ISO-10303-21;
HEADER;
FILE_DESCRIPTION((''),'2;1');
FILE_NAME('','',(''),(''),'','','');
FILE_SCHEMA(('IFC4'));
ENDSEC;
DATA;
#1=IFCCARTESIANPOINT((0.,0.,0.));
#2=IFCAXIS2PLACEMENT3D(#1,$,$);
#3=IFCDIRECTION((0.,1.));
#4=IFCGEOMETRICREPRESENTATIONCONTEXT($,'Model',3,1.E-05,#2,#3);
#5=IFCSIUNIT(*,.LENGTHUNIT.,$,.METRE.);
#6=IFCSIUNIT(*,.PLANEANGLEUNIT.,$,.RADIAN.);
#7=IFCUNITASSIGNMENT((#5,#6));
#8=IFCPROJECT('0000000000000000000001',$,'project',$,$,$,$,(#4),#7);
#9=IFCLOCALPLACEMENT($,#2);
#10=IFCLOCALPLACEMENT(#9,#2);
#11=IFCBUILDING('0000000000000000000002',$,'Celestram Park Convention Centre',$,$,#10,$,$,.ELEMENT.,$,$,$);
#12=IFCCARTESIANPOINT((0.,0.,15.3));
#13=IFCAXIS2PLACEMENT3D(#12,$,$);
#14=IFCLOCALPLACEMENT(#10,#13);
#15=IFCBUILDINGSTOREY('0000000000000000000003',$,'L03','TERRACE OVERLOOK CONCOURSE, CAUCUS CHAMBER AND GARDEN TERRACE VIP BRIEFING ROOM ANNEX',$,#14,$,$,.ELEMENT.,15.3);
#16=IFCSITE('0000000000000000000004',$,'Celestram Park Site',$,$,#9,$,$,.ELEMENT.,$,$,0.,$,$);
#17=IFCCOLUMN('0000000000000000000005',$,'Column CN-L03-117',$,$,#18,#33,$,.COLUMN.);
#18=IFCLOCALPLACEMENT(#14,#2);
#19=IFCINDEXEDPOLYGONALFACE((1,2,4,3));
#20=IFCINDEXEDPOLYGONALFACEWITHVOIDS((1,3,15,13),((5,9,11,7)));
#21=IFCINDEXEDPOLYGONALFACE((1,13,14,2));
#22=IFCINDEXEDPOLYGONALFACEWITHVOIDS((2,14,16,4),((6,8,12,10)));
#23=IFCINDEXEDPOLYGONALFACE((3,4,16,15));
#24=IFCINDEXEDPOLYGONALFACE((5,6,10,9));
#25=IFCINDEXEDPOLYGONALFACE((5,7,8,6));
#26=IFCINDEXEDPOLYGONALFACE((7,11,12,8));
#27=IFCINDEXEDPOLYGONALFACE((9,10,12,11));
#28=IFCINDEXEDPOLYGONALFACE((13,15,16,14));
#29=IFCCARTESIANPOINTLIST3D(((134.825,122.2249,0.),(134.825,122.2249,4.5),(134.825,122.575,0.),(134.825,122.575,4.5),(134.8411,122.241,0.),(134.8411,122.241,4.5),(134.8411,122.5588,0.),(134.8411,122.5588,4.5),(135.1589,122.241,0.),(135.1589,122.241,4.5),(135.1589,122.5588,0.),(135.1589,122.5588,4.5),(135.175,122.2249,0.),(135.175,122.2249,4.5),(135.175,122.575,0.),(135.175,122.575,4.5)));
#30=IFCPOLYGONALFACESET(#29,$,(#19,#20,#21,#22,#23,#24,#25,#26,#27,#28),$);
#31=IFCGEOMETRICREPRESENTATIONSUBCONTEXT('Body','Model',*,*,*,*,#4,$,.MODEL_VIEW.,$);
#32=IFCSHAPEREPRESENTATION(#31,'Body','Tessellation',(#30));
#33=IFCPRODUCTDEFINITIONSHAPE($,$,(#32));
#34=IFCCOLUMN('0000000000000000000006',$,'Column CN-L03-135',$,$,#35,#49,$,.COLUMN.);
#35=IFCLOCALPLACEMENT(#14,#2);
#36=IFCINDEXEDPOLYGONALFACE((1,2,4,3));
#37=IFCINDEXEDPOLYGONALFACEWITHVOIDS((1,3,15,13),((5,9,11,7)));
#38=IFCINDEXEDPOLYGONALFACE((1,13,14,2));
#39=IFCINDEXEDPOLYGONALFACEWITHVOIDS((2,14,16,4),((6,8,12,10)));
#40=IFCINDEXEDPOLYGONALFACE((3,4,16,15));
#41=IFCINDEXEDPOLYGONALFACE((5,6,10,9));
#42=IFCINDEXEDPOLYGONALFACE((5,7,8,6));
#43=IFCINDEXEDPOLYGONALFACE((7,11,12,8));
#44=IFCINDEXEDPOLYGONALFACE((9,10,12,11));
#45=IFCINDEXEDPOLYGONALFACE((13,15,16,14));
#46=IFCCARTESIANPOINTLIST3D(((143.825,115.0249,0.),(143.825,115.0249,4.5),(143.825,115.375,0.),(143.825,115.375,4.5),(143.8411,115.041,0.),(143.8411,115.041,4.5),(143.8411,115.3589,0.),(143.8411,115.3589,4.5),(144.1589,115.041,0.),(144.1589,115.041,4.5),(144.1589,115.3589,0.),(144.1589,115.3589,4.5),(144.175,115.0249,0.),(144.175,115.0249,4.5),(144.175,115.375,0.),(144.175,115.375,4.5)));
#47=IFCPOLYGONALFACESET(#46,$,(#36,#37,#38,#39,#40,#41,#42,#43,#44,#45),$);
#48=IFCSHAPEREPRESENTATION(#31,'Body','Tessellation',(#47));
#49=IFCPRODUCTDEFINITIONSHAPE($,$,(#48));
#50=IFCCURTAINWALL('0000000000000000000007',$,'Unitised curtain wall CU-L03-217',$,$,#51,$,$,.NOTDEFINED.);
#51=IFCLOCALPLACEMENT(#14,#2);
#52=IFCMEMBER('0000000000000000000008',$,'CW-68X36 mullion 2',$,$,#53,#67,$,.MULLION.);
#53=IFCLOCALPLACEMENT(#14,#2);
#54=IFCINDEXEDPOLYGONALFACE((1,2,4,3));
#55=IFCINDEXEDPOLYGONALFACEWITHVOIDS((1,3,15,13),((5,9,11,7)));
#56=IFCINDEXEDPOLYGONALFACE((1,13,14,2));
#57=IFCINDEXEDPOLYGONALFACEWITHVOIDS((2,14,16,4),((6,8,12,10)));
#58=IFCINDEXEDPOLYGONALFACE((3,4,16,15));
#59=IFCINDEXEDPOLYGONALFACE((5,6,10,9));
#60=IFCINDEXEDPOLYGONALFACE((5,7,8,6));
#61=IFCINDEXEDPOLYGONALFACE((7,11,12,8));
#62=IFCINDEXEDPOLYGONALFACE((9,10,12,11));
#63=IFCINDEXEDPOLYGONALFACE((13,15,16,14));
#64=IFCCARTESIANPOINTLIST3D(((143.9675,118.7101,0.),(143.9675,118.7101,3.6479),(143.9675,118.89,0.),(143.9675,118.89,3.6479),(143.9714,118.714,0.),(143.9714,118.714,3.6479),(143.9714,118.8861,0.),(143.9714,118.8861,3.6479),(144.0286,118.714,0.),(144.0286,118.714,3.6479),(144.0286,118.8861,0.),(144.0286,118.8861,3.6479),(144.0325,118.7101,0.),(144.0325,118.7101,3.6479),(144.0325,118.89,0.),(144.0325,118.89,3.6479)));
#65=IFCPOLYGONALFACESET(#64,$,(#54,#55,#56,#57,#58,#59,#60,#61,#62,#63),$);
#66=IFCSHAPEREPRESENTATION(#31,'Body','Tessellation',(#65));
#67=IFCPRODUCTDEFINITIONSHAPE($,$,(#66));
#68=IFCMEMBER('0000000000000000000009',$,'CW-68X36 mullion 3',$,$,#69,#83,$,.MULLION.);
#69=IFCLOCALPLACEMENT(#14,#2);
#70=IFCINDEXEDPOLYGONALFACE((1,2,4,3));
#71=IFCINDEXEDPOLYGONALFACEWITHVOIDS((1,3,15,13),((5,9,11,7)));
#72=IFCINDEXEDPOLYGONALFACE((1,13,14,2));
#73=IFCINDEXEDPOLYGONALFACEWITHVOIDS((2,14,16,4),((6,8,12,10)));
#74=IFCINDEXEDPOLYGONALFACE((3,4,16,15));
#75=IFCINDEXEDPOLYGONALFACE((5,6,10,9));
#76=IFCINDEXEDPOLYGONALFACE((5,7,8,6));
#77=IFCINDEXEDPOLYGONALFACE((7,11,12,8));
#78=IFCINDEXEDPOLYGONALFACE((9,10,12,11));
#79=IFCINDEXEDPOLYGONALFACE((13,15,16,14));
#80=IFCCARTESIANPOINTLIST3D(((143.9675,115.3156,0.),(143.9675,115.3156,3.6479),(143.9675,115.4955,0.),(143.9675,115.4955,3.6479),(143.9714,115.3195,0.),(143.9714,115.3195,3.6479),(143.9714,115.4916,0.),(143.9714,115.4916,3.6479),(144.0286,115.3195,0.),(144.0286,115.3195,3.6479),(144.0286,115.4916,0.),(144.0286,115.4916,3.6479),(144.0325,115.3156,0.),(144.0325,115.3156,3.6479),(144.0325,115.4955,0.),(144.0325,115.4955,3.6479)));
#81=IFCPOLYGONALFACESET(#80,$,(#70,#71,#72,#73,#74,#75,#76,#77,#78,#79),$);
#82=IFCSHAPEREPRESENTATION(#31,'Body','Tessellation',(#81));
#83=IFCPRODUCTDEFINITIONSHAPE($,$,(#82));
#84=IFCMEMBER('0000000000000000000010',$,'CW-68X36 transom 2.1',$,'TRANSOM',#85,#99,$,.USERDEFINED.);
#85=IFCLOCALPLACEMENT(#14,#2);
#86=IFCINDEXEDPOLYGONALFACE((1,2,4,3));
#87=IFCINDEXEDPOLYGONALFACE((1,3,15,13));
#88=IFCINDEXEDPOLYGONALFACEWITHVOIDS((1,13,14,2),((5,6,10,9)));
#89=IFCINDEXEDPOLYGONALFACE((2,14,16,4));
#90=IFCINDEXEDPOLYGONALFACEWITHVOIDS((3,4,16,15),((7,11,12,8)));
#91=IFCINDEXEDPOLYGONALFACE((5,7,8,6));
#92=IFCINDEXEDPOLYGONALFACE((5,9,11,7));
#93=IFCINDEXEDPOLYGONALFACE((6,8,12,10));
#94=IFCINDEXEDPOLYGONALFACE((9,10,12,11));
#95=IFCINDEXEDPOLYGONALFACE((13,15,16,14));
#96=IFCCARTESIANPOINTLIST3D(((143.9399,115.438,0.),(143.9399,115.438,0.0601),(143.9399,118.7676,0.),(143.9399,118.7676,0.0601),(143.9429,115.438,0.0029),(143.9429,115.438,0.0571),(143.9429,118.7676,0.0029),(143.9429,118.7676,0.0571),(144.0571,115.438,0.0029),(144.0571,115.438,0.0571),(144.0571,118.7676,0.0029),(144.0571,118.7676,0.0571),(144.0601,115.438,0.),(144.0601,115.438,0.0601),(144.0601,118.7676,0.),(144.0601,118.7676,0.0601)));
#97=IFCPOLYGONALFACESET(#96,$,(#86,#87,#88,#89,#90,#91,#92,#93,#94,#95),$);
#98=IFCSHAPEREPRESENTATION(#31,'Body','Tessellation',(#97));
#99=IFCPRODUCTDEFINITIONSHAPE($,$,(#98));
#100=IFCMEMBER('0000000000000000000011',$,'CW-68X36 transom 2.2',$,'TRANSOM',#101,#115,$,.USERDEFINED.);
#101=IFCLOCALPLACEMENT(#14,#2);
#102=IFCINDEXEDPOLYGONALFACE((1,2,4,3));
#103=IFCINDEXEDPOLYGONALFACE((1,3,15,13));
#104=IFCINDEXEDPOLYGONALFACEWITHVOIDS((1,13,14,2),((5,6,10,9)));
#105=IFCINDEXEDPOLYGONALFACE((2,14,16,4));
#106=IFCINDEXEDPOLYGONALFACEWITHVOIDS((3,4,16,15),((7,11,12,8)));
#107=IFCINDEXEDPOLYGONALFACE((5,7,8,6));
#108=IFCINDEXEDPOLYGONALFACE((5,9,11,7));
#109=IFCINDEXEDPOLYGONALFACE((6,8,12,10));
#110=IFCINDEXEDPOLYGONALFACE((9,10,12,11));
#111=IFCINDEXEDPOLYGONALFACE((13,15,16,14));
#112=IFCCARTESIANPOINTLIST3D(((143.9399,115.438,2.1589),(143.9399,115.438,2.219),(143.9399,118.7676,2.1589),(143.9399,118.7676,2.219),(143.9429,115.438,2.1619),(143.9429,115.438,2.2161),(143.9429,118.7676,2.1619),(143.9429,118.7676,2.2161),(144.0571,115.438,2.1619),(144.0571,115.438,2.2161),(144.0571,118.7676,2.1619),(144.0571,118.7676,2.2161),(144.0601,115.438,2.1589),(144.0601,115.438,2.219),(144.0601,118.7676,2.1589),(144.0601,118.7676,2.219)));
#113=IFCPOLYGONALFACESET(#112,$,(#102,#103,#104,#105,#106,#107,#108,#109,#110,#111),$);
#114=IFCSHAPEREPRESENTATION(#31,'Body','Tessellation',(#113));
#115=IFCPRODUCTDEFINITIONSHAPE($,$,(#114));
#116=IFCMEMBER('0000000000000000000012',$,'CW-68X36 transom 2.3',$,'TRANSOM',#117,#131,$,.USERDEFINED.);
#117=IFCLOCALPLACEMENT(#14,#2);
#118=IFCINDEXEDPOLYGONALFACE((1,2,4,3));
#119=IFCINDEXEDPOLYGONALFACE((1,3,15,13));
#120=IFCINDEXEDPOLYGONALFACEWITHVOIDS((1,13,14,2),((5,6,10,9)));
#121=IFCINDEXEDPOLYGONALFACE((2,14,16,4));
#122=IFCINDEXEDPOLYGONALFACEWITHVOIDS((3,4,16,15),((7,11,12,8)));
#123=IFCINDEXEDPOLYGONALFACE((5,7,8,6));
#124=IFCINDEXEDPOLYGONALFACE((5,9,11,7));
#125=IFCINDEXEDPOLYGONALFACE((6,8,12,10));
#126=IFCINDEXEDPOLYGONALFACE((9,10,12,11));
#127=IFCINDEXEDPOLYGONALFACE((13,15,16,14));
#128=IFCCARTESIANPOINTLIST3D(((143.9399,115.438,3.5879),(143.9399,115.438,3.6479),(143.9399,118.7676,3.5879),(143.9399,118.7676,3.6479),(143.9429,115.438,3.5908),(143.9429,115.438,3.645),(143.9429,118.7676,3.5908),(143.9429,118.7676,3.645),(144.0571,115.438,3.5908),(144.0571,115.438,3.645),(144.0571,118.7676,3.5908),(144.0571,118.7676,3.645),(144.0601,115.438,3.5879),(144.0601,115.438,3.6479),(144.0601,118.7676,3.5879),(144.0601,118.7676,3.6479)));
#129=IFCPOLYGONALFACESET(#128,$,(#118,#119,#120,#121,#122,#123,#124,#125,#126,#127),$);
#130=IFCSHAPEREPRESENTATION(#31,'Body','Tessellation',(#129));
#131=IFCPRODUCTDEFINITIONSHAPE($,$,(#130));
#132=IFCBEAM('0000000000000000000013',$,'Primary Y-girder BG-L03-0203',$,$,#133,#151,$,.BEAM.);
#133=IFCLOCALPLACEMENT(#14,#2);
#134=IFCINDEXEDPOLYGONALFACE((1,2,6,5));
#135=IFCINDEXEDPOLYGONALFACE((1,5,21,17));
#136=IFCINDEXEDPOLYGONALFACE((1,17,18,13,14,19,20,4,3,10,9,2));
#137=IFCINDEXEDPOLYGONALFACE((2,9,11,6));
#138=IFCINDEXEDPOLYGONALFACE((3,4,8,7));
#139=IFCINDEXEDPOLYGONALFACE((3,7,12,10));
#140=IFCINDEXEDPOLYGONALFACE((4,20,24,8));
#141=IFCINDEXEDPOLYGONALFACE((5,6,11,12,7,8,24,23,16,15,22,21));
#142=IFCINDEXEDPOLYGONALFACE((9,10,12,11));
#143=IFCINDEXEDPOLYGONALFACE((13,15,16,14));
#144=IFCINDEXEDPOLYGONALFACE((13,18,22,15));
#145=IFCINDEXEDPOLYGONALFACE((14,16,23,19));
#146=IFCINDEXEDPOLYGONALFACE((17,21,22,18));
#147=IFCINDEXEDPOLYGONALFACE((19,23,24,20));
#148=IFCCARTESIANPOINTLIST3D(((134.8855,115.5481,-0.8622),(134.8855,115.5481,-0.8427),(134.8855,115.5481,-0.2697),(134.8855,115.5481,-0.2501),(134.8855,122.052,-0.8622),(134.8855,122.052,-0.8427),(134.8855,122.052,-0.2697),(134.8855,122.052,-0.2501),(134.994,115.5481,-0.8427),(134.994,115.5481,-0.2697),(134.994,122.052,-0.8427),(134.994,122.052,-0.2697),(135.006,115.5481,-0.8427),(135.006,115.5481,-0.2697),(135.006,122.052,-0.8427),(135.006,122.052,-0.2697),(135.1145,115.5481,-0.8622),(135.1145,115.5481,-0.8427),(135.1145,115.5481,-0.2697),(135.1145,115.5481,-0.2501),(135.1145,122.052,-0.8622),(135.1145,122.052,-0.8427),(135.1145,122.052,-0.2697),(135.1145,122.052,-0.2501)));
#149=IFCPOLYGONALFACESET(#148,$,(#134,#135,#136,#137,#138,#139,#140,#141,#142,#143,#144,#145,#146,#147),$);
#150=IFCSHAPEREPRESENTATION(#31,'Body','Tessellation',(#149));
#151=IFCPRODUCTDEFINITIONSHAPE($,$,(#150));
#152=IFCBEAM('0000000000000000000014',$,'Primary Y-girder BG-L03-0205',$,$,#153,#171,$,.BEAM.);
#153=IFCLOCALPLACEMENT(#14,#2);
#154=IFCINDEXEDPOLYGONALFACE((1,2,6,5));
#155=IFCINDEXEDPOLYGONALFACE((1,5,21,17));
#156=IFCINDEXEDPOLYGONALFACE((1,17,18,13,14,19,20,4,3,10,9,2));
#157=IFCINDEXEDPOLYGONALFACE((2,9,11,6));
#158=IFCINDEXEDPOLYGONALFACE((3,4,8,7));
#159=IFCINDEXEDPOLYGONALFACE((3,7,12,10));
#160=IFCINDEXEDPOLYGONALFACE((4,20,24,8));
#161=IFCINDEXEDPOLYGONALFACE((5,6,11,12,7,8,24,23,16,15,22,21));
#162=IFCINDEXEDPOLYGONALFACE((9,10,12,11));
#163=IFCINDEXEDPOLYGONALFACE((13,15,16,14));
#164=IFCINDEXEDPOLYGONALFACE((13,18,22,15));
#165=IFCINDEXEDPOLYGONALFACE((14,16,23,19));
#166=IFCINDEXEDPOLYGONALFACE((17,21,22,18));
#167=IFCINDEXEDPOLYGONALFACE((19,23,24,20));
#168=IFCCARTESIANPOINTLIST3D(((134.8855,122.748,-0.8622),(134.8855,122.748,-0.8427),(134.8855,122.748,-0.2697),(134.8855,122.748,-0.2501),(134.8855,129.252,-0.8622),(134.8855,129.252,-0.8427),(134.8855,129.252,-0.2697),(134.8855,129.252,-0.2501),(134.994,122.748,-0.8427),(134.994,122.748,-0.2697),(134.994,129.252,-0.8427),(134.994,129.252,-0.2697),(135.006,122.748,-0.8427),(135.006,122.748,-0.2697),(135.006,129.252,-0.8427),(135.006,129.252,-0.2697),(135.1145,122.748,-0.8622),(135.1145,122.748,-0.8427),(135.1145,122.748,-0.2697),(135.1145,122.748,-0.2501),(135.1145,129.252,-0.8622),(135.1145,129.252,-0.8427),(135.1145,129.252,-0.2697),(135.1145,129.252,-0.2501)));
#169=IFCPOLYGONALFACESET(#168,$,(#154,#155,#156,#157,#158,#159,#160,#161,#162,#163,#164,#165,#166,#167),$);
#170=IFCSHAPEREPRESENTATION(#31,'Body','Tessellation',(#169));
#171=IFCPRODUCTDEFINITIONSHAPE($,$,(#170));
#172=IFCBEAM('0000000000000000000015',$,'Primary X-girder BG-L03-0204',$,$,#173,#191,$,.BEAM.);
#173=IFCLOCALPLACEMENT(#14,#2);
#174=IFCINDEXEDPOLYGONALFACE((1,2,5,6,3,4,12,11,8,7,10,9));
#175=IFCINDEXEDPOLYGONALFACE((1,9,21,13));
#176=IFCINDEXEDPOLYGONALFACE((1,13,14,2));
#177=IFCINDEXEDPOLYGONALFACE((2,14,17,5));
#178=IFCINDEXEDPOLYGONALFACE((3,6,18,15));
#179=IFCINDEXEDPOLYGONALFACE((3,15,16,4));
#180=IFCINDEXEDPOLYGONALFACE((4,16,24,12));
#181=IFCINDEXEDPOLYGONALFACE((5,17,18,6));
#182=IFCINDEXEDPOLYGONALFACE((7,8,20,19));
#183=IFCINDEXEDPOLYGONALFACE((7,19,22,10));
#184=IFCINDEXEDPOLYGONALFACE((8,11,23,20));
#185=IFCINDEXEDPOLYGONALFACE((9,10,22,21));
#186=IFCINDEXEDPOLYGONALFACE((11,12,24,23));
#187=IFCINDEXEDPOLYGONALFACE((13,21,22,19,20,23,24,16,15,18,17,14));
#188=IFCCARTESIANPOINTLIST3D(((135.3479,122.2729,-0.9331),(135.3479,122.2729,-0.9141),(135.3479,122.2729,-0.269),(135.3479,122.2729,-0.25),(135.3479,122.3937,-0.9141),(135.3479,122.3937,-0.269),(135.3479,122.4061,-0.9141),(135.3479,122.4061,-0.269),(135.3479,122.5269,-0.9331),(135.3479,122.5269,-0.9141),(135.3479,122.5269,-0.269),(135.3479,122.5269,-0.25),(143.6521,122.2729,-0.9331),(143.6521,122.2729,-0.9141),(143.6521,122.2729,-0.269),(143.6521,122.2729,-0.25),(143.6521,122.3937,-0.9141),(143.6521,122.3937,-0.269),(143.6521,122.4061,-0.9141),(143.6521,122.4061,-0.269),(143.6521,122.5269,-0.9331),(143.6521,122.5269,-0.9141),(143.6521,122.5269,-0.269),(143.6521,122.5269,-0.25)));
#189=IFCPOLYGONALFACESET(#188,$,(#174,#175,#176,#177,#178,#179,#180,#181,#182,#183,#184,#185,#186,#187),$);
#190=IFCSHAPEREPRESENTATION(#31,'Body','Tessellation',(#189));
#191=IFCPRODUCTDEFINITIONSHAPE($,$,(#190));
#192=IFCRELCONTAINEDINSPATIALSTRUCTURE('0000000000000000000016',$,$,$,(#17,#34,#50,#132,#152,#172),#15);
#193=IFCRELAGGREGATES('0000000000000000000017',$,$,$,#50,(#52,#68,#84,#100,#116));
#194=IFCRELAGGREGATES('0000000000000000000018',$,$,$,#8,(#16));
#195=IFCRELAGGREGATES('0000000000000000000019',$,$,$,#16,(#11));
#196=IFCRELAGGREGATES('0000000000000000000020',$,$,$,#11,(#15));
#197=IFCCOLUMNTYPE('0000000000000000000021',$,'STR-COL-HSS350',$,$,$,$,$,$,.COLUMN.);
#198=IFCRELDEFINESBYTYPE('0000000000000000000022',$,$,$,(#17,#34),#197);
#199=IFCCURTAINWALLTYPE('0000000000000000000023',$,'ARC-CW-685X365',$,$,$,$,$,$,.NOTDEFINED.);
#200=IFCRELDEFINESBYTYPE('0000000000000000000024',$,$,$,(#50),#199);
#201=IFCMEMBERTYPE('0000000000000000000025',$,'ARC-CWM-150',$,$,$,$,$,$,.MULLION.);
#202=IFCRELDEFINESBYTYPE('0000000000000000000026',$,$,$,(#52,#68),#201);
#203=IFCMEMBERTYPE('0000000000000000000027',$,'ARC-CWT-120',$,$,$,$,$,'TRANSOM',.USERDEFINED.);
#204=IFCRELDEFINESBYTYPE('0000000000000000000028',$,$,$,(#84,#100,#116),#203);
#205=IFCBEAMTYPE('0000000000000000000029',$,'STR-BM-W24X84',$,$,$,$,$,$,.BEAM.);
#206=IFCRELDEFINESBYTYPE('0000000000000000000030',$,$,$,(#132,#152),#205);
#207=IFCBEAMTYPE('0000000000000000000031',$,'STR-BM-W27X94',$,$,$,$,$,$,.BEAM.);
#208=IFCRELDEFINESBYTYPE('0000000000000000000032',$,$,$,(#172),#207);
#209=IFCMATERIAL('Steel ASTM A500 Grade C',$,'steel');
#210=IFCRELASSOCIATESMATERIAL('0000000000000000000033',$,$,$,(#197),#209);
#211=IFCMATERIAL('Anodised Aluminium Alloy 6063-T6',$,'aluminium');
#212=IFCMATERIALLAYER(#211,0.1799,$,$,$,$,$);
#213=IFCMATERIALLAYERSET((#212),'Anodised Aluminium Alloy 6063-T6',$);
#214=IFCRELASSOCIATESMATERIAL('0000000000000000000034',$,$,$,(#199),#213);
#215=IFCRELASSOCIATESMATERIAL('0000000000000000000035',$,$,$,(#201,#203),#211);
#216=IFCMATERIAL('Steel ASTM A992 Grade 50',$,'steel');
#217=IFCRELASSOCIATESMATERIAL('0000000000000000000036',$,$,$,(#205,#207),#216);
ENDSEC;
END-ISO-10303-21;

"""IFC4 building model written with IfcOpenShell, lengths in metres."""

from ifc_helpers import new_model, si_unit, direction, frame, origin, origin_2d, place, context, subcontext, project, spatial, hollow_rectangle, i_section, extrude, material, layer, layer_set, material_profile, profile_set, type_object, element, aggregate, save


model = new_model("IFC4")

# Units and contexts
model_context = context("Model", 3, precision=1e-05, world=origin(), true_north=direction((0.0, 1.0)))
body_context = subcontext(model_context, "Body", "Model", "MODEL_VIEW")
ifc_project = project(units=[si_unit("LENGTHUNIT", "METRE"), si_unit("PLANEANGLEUNIT", "RADIAN")], contexts=[model_context])

# Site, building, storey
site_placement = place(None, origin())
site = spatial("IfcSite", under=ifc_project, at=site_placement, Name="Celestram Park Site", CompositionType="ELEMENT", RefElevation=0.0)
building_placement = place(site_placement, origin())
building = spatial("IfcBuilding", under=site, at=building_placement, Name="Celestram Park Convention Centre", CompositionType="ELEMENT")
storey_placement = place(building_placement, frame((0.0, 0.0, 15.3)))
storey = spatial("IfcBuildingStorey", under=building, at=storey_placement, Name="L03", Description="TERRACE OVERLOOK CONCOURSE, CAUCUS CHAMBER AND GARDEN TERRACE VIP BRIEFING ROOM ANNEX", CompositionType="ELEMENT", Elevation=15.3)

# Columns
ifc_material_1 = material(Name="Steel ASTM A500 Grade C", Category="steel")
ifc_material_profile_1 = material_profile(ifc_material_1, hollow_rectangle(XDim=0.3501, YDim=0.3501, WallThickness=0.0161, at=origin_2d()), Name="HSS350X350X16")
ifc_profile_set_1 = profile_set([ifc_material_profile_1], Name="Steel ASTM A500 Grade C")
column_type = type_object("IfcColumnType", Name="STR-COL-HSS350", PredefinedType="COLUMN", material=ifc_profile_set_1)
for number, where, z_axis, x_axis, name in (
    (1, (135.0, 122.3999, 0.0), (0.0, 0.0, 1.0), (1.0, 0.0, 0.0), "Column CN-L03-117"),
    (2, (144.0, 115.2, 0.0), (0.0, 0.0, 1.0), (1.0, 0.0, 0.0), "Column CN-L03-135"),
):
    element("IfcColumn", number, at=place(storey_placement, frame(where, z_axis=z_axis, x_axis=x_axis)), inside=storey, type_object=column_type, Name=name, PredefinedType="COLUMN", context=body_context, shape_type="SweptSolid", body=[
        extrude(hollow_rectangle(XDim=0.3501, YDim=0.3501, WallThickness=0.0161, at=origin_2d()), origin(), (0.0, 0.0, 1.0), 4.5),
    ])

# Curtain wall, members
ifc_material_2 = material(Name="Anodised Aluminium Alloy 6063-T6", Category="aluminium")
ifc_layer_1 = layer(ifc_material_2, 0.1799)
ifc_layer_set_1 = layer_set([ifc_layer_1], Name="Anodised Aluminium Alloy 6063-T6")
curtain_wall_type = type_object("IfcCurtainWallType", Name="ARC-CW-685X365", PredefinedType="NOTDEFINED", material=ifc_layer_set_1)
curtain_wall_placement = place(storey_placement, origin())
curtain_wall = element("IfcCurtainWall", 3, at=curtain_wall_placement, inside=storey, type_object=curtain_wall_type, Name="Unitised curtain wall CU-L03-217", PredefinedType="NOTDEFINED")
ifc_material_profile_2 = material_profile(ifc_material_2, hollow_rectangle(XDim=0.0649, YDim=0.1799, WallThickness=0.0039, at=origin_2d()), Name="ALU65X180X4")
ifc_profile_set_2 = profile_set([ifc_material_profile_2], Name="Anodised Aluminium Alloy 6063-T6")
member_type_1 = type_object("IfcMemberType", Name="ARC-CWM-150", PredefinedType="MULLION", material=ifc_profile_set_2)
member_1_placement = place(storey_placement, frame((144.0, 118.8, 0.0), z_axis=(0.0, 0.0, 1.0), x_axis=(1.0, 0.0, 0.0)))
member_1 = element("IfcMember", 4, at=member_1_placement, type_object=member_type_1, Name="CW-68X36 mullion 2", PredefinedType="MULLION", context=body_context, shape_type="SweptSolid", body=[
    extrude(hollow_rectangle(XDim=0.0649, YDim=0.1799, WallThickness=0.0039, at=origin_2d()), origin(), (0.0, 0.0, 1.0), 3.6479),
])
member_2_placement = place(storey_placement, frame((144.0, 115.4055, 0.0), z_axis=(0.0, 0.0, 1.0), x_axis=(1.0, 0.0, 0.0)))
member_2 = element("IfcMember", 5, at=member_2_placement, type_object=member_type_1, Name="CW-68X36 mullion 3", PredefinedType="MULLION", context=body_context, shape_type="SweptSolid", body=[
    extrude(hollow_rectangle(XDim=0.0649, YDim=0.1799, WallThickness=0.0039, at=origin_2d()), origin(), (0.0, 0.0, 1.0), 3.6479),
])
ifc_material_profile_3 = material_profile(ifc_material_2, hollow_rectangle(XDim=0.1201, YDim=0.0601, WallThickness=0.0029, at=origin_2d()), Name="ALU120X60X3")
ifc_profile_set_3 = profile_set([ifc_material_profile_3], Name="Anodised Aluminium Alloy 6063-T6")
member_type_2 = type_object("IfcMemberType", Name="ARC-CWT-120", ElementType="TRANSOM", PredefinedType="USERDEFINED", material=ifc_profile_set_3)
member_3_placement = place(storey_placement, frame((144.0, 118.7676, 0.03), z_axis=(0.0, -1.0, 0.0), x_axis=(1.0, 0.0, 0.0)))
member_3 = element("IfcMember", 6, at=member_3_placement, type_object=member_type_2, Name="CW-68X36 transom 2.1", ObjectType="TRANSOM", PredefinedType="USERDEFINED", context=body_context, shape_type="SweptSolid", body=[
    extrude(hollow_rectangle(XDim=0.1201, YDim=0.0601, WallThickness=0.0029, at=origin_2d()), origin(), (0.0, 0.0, 1.0), 3.3296),
])
member_4_placement = place(storey_placement, frame((144.0, 118.7676, 2.189), z_axis=(0.0, -1.0, 0.0), x_axis=(1.0, 0.0, 0.0)))
member_4 = element("IfcMember", 7, at=member_4_placement, type_object=member_type_2, Name="CW-68X36 transom 2.2", ObjectType="TRANSOM", PredefinedType="USERDEFINED", context=body_context, shape_type="SweptSolid", body=[
    extrude(hollow_rectangle(XDim=0.1201, YDim=0.0601, WallThickness=0.0029, at=origin_2d()), origin(), (0.0, 0.0, 1.0), 3.3296),
])
member_5_placement = place(storey_placement, frame((144.0, 118.7676, 3.6179), z_axis=(0.0, -1.0, 0.0), x_axis=(1.0, 0.0, 0.0)))
member_5 = element("IfcMember", 8, at=member_5_placement, type_object=member_type_2, Name="CW-68X36 transom 2.3", ObjectType="TRANSOM", PredefinedType="USERDEFINED", context=body_context, shape_type="SweptSolid", body=[
    extrude(hollow_rectangle(XDim=0.1201, YDim=0.0601, WallThickness=0.0029, at=origin_2d()), origin(), (0.0, 0.0, 1.0), 3.3296),
])

# Beams
ifc_material_3 = material(Name="Steel ASTM A992 Grade 50", Category="steel")
ifc_material_profile_4 = material_profile(ifc_material_3, i_section(OverallWidth=0.229, OverallDepth=0.6121, WebThickness=0.012, FlangeThickness=0.0195, at=origin_2d()), Name="W24X84")
ifc_profile_set_4 = profile_set([ifc_material_profile_4], Name="Steel ASTM A992 Grade 50")
beam_type_1 = type_object("IfcBeamType", Name="STR-BM-W24X84", PredefinedType="BEAM", material=ifc_profile_set_4)
for number, where, z_axis, x_axis, name in (
    (9, (135.0, 115.5481, -0.5562), (0.0, 1.0, 0.0), (-1.0, 0.0, 0.0), "Primary Y-girder BG-L03-0203"),
    (10, (135.0, 122.748, -0.5562), (0.0, 1.0, 0.0), (-1.0, 0.0, 0.0), "Primary Y-girder BG-L03-0205"),
):
    element("IfcBeam", number, at=place(storey_placement, frame(where, z_axis=z_axis, x_axis=x_axis)), inside=storey, type_object=beam_type_1, Name=name, PredefinedType="BEAM", context=body_context, shape_type="SweptSolid", body=[
        extrude(i_section(OverallWidth=0.229, OverallDepth=0.6121, WebThickness=0.012, FlangeThickness=0.0195, at=origin_2d()), origin(), (0.0, 0.0, 1.0), 6.5039),
    ])
ifc_material_profile_5 = material_profile(ifc_material_3, i_section(OverallWidth=0.2539, OverallDepth=0.6831, WebThickness=0.0125, FlangeThickness=0.019, at=origin_2d()), Name="W27X94")
ifc_profile_set_5 = profile_set([ifc_material_profile_5], Name="Steel ASTM A992 Grade 50")
beam_type_2 = type_object("IfcBeamType", Name="STR-BM-W27X94", PredefinedType="BEAM", material=ifc_profile_set_5)
beam_1_placement = place(storey_placement, frame((135.3479, 122.3999, -0.5916), z_axis=(1.0, 0.0, 0.0), x_axis=(0.0, 1.0, 0.0)))
element("IfcBeam", 11, at=beam_1_placement, inside=storey, type_object=beam_type_2, Name="Primary X-girder BG-L03-0204", PredefinedType="BEAM", context=body_context, shape_type="SweptSolid", body=[
    extrude(i_section(OverallWidth=0.2539, OverallDepth=0.6831, WebThickness=0.0125, FlangeThickness=0.019, at=origin_2d()), origin(), (0.0, 0.0, 1.0), 8.3042),
])

aggregate(curtain_wall, [member_1, member_2, member_3, member_4, member_5])

save(model, "model.ifc")
